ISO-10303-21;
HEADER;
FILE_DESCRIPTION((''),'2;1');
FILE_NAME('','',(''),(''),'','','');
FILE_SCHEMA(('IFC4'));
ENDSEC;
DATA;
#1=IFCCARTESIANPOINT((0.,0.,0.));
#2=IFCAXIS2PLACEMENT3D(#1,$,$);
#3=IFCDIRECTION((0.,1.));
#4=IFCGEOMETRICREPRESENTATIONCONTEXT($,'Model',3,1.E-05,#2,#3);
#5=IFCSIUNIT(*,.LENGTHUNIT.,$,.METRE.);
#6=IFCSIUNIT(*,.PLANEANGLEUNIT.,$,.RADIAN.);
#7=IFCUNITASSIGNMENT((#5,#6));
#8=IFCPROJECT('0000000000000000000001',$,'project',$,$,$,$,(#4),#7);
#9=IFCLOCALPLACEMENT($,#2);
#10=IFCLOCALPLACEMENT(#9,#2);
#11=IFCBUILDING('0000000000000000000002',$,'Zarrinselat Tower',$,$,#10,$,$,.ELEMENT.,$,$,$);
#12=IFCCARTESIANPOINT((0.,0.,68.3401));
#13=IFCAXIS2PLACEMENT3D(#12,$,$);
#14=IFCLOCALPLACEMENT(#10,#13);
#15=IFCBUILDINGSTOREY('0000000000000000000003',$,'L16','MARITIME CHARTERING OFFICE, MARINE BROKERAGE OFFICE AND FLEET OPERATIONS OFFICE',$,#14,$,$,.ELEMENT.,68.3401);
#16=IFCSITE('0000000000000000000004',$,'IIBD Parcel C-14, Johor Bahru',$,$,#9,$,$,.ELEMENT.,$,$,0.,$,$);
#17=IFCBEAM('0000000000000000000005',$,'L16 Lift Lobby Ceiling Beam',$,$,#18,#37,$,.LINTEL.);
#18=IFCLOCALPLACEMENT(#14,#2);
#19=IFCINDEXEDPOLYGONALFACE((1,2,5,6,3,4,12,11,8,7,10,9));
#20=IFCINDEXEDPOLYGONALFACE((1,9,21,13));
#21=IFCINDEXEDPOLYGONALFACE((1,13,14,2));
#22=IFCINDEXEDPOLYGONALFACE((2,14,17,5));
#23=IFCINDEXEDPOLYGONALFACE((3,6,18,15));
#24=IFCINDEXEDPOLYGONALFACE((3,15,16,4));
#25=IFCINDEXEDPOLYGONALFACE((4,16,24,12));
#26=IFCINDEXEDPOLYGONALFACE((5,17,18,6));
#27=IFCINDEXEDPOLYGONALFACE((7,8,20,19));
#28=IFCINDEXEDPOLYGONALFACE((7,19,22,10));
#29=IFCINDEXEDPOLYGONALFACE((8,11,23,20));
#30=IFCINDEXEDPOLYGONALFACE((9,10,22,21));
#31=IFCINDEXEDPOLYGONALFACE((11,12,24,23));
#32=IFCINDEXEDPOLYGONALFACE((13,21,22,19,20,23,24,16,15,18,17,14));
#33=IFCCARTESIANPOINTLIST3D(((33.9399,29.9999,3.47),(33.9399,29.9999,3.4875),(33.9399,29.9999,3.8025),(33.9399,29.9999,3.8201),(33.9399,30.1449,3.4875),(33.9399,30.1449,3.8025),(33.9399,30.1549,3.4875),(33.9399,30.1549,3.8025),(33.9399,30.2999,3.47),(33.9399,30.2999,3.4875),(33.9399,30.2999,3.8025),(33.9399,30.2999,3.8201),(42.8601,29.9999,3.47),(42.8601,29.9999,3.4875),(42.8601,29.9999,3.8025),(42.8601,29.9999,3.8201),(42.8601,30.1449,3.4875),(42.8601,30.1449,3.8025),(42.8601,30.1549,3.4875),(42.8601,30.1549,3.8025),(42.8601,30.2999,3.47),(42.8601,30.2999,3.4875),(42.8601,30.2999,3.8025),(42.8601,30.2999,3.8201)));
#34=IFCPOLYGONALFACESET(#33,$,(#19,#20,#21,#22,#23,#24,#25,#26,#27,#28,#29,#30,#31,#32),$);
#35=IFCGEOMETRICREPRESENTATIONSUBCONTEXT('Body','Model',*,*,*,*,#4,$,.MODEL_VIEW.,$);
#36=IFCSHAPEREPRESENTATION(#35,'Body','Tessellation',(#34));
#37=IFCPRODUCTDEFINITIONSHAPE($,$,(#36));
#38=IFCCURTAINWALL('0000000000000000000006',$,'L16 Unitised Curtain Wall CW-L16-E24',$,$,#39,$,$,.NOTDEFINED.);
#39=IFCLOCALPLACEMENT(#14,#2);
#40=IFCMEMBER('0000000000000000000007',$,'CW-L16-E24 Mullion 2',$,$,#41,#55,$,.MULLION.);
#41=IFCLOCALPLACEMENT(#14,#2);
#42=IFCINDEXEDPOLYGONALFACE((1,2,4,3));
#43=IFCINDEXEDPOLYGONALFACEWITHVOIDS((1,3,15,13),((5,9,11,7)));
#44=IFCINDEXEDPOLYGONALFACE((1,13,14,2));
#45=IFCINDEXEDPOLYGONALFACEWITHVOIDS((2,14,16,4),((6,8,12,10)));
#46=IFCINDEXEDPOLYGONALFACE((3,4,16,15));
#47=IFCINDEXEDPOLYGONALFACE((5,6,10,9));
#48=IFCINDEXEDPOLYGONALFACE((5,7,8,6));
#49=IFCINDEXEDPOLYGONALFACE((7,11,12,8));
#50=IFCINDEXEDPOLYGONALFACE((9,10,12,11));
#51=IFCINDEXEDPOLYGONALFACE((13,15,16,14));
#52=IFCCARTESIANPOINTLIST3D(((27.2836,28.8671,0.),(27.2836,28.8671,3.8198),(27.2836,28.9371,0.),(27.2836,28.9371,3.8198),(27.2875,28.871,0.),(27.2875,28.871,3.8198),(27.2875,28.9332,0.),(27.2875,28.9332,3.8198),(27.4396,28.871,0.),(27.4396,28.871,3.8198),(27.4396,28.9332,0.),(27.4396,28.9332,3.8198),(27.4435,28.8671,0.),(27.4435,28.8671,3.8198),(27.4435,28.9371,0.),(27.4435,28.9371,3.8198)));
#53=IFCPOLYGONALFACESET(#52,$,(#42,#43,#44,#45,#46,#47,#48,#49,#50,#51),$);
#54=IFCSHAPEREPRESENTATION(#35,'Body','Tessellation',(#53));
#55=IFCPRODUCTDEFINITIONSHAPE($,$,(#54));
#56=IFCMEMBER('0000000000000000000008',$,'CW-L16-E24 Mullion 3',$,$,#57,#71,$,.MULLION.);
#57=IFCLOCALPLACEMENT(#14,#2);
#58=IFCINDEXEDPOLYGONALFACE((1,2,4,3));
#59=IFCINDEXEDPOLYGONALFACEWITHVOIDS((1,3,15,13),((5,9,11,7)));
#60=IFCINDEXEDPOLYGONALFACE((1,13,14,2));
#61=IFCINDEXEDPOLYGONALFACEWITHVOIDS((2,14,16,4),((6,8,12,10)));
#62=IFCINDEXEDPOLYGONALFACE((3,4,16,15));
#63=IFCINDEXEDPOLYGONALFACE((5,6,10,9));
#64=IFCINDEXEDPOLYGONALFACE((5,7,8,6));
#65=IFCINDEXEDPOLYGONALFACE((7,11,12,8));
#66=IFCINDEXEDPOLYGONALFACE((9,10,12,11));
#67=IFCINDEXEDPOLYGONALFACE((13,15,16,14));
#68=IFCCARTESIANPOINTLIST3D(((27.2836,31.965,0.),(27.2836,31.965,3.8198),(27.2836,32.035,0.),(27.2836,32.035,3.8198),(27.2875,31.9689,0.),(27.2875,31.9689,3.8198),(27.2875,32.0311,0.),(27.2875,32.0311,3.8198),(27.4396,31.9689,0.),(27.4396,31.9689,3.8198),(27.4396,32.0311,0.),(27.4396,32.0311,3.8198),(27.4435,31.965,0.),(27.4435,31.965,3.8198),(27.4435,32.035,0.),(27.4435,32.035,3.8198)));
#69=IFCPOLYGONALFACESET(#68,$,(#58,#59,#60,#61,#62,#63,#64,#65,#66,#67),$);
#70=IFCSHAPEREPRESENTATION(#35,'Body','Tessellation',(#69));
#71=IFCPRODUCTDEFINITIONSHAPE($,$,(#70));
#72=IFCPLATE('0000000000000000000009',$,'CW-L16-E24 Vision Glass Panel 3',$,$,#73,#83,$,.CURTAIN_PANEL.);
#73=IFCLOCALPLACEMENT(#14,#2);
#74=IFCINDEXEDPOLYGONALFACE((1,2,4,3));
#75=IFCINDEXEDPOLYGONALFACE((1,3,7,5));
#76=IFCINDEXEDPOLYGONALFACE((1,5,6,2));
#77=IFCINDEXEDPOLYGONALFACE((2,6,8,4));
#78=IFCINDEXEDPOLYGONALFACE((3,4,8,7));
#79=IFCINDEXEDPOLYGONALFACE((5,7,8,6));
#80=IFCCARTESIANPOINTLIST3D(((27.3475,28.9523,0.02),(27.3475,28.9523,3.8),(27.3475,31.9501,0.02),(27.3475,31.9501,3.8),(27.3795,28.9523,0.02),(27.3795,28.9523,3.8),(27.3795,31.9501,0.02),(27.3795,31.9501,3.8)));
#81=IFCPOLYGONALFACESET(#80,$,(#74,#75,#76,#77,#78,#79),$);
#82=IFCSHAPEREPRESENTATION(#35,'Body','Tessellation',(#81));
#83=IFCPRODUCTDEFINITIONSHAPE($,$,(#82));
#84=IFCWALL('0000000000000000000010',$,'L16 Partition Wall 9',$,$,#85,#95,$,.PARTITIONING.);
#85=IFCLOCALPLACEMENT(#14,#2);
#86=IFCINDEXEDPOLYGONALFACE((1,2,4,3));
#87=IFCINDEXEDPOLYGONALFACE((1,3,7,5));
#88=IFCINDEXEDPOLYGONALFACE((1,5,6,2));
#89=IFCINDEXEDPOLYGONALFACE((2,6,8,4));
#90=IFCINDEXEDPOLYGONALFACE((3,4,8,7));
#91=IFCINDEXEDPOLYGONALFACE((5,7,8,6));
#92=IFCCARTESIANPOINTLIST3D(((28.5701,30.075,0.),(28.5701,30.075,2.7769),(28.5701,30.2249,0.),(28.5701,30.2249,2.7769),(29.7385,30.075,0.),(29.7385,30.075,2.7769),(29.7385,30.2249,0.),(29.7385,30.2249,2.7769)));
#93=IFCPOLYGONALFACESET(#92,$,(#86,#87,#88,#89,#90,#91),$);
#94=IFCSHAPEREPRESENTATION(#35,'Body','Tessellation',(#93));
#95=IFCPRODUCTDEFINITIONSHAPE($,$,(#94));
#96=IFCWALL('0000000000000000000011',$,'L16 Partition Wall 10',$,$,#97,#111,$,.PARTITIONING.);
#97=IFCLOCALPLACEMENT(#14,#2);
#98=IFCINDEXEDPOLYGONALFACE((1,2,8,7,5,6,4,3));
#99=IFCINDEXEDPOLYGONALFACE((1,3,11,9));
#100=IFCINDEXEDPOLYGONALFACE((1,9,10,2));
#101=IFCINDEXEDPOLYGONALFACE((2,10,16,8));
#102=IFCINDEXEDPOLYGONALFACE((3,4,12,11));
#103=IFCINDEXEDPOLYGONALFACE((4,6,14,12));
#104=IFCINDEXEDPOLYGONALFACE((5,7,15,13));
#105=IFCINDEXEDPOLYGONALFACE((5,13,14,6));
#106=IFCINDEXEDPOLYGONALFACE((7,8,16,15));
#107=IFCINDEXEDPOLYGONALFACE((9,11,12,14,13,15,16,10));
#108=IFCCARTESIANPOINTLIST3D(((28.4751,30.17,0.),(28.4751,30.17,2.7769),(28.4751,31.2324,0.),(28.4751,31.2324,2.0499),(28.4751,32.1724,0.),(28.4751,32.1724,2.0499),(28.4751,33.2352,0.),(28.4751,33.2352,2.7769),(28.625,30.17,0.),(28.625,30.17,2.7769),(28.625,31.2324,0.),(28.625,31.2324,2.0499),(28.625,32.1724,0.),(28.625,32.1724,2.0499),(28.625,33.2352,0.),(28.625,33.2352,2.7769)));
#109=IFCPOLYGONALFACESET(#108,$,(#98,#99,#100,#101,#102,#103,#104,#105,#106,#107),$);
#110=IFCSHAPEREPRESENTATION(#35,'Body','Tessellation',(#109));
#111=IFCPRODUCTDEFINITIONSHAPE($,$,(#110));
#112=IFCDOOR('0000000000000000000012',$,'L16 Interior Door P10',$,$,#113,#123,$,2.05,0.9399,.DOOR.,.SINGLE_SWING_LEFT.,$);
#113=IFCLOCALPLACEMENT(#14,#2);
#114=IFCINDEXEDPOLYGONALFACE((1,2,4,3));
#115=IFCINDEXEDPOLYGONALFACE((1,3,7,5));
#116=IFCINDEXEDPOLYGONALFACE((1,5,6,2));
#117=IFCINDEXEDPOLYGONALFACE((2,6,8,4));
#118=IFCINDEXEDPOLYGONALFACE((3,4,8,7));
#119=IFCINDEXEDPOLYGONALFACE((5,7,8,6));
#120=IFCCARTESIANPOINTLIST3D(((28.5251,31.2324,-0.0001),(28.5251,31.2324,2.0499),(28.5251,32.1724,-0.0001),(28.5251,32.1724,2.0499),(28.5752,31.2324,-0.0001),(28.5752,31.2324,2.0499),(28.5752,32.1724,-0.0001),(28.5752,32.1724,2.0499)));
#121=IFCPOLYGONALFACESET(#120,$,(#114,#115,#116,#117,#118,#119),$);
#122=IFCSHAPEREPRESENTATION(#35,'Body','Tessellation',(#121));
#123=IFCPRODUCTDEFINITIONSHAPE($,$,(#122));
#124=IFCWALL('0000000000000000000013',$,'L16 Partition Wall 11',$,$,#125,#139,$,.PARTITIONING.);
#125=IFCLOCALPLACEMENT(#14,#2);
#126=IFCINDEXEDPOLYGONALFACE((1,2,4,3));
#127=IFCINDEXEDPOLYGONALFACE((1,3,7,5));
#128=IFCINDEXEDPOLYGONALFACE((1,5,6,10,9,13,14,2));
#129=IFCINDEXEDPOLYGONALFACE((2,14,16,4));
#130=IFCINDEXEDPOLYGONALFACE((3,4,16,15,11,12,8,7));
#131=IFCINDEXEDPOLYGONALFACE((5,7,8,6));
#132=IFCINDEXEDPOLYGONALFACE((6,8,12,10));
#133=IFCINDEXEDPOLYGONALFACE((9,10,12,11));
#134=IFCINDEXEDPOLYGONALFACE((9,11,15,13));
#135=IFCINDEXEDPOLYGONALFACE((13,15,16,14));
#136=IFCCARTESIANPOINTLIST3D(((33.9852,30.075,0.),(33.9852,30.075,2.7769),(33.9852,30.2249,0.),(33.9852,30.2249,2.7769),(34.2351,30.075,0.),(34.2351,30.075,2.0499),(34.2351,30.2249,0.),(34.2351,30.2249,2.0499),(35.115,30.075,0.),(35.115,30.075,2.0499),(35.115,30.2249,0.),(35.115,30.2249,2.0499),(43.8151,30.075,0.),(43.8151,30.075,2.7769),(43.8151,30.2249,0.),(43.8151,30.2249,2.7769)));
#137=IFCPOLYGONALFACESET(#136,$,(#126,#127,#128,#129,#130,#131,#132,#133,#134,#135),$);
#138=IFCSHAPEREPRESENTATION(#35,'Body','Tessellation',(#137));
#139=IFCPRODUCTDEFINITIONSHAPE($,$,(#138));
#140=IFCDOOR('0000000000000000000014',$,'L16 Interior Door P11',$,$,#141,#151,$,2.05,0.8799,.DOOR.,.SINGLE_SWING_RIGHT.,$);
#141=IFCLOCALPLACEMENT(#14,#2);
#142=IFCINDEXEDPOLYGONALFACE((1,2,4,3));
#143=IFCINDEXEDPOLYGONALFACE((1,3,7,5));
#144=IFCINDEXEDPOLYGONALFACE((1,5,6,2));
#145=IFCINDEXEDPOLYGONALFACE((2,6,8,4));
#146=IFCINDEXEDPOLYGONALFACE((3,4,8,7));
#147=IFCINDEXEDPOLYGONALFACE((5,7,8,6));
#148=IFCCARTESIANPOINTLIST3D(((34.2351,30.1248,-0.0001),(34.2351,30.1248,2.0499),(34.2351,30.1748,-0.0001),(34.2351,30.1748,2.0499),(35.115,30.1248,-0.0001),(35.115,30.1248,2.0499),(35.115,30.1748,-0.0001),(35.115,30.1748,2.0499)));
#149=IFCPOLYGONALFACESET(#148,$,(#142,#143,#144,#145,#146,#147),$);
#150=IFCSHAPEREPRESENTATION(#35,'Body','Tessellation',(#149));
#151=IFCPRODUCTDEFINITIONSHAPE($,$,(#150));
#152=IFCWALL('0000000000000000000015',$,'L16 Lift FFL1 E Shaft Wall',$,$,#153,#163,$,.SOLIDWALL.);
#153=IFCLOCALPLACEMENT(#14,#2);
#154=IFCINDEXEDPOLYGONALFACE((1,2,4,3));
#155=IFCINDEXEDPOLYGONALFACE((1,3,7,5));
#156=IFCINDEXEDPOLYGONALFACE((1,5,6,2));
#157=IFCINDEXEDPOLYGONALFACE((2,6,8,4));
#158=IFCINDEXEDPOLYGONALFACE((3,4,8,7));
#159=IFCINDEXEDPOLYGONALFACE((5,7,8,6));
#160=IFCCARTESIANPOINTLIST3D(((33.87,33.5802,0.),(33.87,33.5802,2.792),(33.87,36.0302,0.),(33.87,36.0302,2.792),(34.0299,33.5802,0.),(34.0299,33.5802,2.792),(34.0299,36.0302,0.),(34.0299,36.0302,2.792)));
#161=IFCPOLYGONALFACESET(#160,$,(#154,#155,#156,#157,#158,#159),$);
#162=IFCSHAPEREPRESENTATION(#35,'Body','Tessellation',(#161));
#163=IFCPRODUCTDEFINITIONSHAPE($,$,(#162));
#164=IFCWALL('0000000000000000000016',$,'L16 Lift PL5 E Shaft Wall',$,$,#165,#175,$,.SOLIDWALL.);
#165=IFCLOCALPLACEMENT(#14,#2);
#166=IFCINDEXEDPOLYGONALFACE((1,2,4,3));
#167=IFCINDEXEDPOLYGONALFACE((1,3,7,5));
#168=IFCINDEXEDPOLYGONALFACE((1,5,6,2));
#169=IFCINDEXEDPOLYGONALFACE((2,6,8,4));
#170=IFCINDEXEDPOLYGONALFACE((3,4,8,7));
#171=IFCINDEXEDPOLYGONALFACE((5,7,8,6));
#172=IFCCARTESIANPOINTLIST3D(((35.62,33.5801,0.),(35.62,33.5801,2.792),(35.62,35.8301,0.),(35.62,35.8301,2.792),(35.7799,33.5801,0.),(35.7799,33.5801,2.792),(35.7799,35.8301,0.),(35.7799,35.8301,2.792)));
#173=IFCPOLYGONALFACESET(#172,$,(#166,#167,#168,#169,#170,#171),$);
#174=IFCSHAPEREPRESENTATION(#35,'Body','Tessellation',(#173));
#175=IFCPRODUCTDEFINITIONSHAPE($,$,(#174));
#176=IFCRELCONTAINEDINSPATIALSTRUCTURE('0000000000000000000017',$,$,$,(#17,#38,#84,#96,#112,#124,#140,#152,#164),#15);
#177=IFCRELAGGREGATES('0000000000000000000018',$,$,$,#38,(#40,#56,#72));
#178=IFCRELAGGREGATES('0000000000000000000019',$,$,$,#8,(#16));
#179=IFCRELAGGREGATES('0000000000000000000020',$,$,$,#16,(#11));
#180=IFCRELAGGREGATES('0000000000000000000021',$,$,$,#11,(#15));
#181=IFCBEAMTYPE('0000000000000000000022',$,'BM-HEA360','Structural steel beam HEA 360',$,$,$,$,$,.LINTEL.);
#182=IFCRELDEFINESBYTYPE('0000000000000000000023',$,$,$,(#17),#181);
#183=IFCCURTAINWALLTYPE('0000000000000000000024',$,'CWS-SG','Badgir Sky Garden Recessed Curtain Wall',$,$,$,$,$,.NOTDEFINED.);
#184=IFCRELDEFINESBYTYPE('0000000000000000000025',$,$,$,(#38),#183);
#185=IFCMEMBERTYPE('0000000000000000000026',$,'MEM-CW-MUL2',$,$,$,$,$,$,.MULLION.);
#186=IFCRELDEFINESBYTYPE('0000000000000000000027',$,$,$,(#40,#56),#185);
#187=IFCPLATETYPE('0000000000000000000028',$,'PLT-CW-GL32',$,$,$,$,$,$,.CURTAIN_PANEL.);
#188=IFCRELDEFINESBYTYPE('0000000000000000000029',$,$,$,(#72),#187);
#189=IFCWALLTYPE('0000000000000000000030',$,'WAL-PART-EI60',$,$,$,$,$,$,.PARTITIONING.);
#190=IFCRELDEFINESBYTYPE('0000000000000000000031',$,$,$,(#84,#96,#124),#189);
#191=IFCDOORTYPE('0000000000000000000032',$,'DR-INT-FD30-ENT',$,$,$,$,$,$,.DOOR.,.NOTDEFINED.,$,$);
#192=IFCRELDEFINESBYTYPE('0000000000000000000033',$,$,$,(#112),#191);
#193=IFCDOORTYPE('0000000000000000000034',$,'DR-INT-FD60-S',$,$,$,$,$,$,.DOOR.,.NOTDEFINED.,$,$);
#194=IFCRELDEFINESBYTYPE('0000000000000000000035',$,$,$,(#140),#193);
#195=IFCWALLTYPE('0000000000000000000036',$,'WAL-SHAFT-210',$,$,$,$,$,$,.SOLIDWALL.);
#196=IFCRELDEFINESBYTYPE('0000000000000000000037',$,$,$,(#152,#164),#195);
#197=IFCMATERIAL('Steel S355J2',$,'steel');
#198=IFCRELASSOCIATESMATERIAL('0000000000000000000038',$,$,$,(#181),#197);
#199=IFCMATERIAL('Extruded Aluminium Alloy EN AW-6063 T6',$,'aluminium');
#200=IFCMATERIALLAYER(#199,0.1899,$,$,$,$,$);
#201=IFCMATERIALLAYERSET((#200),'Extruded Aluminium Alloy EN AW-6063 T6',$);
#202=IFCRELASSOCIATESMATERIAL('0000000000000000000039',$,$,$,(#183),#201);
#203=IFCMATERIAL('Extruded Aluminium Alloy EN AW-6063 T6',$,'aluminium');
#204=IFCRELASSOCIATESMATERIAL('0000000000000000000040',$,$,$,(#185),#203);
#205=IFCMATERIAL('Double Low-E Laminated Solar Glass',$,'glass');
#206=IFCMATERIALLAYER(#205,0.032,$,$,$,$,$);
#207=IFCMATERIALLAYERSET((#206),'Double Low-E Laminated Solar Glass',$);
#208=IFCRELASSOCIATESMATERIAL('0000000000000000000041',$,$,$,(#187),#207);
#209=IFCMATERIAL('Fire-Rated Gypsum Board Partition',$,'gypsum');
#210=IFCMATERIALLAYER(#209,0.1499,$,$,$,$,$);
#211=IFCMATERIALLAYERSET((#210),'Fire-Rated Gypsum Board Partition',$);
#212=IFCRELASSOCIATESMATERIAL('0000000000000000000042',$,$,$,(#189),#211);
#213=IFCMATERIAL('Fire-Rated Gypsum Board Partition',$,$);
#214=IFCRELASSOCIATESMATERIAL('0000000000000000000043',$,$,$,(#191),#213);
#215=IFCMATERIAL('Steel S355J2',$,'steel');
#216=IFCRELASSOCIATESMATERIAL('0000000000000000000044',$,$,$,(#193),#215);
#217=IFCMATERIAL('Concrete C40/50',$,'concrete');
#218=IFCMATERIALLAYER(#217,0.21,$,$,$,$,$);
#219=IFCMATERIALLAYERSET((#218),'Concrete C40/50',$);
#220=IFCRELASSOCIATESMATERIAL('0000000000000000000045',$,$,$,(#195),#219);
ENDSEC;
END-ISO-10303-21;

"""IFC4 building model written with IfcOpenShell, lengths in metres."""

from ifc_helpers import new_model, si_unit, direction, frame, frame_2d, origin, origin_2d, place, context, subcontext, project, spatial, rectangle, hollow_rectangle, i_section, extrude, material, layer, layer_set, material_profile, profile_set, type_object, element, fill, aggregate, save


model = new_model("IFC4")

# Units and contexts
model_context = context("Model", 3, precision=1e-05, world=origin(), true_north=direction((0.0, 1.0)))
body_context = subcontext(model_context, "Body", "Model", "MODEL_VIEW")
ifc_project = project(units=[si_unit("LENGTHUNIT", "METRE"), si_unit("PLANEANGLEUNIT", "RADIAN")], contexts=[model_context])

# Site, building, storey
site_placement = place(None, origin())
site = spatial("IfcSite", under=ifc_project, at=site_placement, Name="IIBD Parcel C-14, Johor Bahru", CompositionType="ELEMENT", RefElevation=0.0)
building_placement = place(site_placement, origin())
building = spatial("IfcBuilding", under=site, at=building_placement, Name="Zarrinselat Tower", CompositionType="ELEMENT")
storey_placement = place(building_placement, frame((0.0, 0.0, 68.3401)))
storey = spatial("IfcBuildingStorey", under=building, at=storey_placement, Name="L16", Description="MARITIME CHARTERING OFFICE, MARINE BROKERAGE OFFICE AND FLEET OPERATIONS OFFICE", CompositionType="ELEMENT", Elevation=68.3401)

# Beam
ifc_material_1 = material(Name="Steel S355J2", Category="steel")
ifc_material_profile_1 = material_profile(ifc_material_1, i_section(OverallWidth=0.3, OverallDepth=0.3501, WebThickness=0.01, FlangeThickness=0.0176, at=origin_2d()), Name="HEA 360")
ifc_profile_set_1 = profile_set([ifc_material_profile_1], Name="Steel S355J2")
beam_type = type_object("IfcBeamType", Name="BM-HEA360", Description="Structural steel beam HEA 360", PredefinedType="LINTEL", material=ifc_profile_set_1)
beam_placement = place(storey_placement, frame((33.9399, 30.1499, 3.645), z_axis=(1.0, 0.0, 0.0), x_axis=(0.0, 1.0, 0.0)))
element("IfcBeam", 1, at=beam_placement, inside=storey, type_object=beam_type, Name="L16 Lift Lobby Ceiling Beam", PredefinedType="LINTEL", context=body_context, shape_type="SweptSolid", body=[
    extrude(i_section(OverallWidth=0.3, OverallDepth=0.3501, WebThickness=0.01, FlangeThickness=0.0176, at=origin_2d()), origin(), (0.0, 0.0, 1.0), 8.9202),
])

# Curtain wall, members, plate
ifc_material_2 = material(Name="Extruded Aluminium Alloy EN AW-6063 T6", Category="aluminium")
ifc_layer_1 = layer(ifc_material_2, 0.1899)
ifc_layer_set_1 = layer_set([ifc_layer_1], Name="Extruded Aluminium Alloy EN AW-6063 T6")
curtain_wall_type = type_object("IfcCurtainWallType", Name="CWS-SG", Description="Badgir Sky Garden Recessed Curtain Wall", PredefinedType="NOTDEFINED", material=ifc_layer_set_1)
curtain_wall_placement = place(storey_placement, origin())
curtain_wall = element("IfcCurtainWall", 2, at=curtain_wall_placement, inside=storey, type_object=curtain_wall_type, Name="L16 Unitised Curtain Wall CW-L16-E24", PredefinedType="NOTDEFINED")
ifc_material_3 = material(Name="Extruded Aluminium Alloy EN AW-6063 T6", Category="aluminium")
ifc_material_profile_2 = material_profile(ifc_material_3, hollow_rectangle(XDim=0.0701, YDim=0.1599, WallThickness=0.0039, at=origin_2d()), Name="RHS 160x70x4")
ifc_profile_set_2 = profile_set([ifc_material_profile_2], Name="Extruded Aluminium Alloy EN AW-6063 T6")
member_type = type_object("IfcMemberType", Name="MEM-CW-MUL2", PredefinedType="MULLION", material=ifc_profile_set_2)
member_1_placement = place(storey_placement, frame((27.3635, 28.9021, 0.0), z_axis=(0.0, 0.0, 1.0), x_axis=(0.0, 1.0, 0.0)))
member_1 = element("IfcMember", 3, at=member_1_placement, type_object=member_type, Name="CW-L16-E24 Mullion 2", PredefinedType="MULLION", context=body_context, shape_type="SweptSolid", body=[
    extrude(hollow_rectangle(XDim=0.0701, YDim=0.1599, WallThickness=0.0039, at=origin_2d()), origin(), (0.0, 0.0, 1.0), 3.8198),
])
member_2_placement = place(storey_placement, frame((27.3635, 32.0, 0.0), z_axis=(0.0, 0.0, 1.0), x_axis=(0.0, 1.0, 0.0)))
member_2 = element("IfcMember", 4, at=member_2_placement, type_object=member_type, Name="CW-L16-E24 Mullion 3", PredefinedType="MULLION", context=body_context, shape_type="SweptSolid", body=[
    extrude(hollow_rectangle(XDim=0.0701, YDim=0.1599, WallThickness=0.0039, at=origin_2d()), origin(), (0.0, 0.0, 1.0), 3.8198),
])
ifc_material_4 = material(Name="Double Low-E Laminated Solar Glass", Category="glass")
ifc_layer_2 = layer(ifc_material_4, 0.032)
ifc_layer_set_2 = layer_set([ifc_layer_2], Name="Double Low-E Laminated Solar Glass")
plate_type = type_object("IfcPlateType", Name="PLT-CW-GL32", PredefinedType="CURTAIN_PANEL", material=ifc_layer_set_2)
plate_placement = place(storey_placement, frame((27.3635, 30.4512, 0.02), z_axis=(0.0, 0.0, 1.0), x_axis=(0.0, 1.0, 0.0)))
plate = element("IfcPlate", 5, at=plate_placement, type_object=plate_type, Name="CW-L16-E24 Vision Glass Panel 3", PredefinedType="CURTAIN_PANEL", context=body_context, shape_type="SweptSolid", body=[
    extrude(rectangle(XDim=2.9978, YDim=0.032, at=origin_2d()), origin(), (0.0, 0.0, 1.0), 3.78),
])
aggregate(curtain_wall, [member_1, member_2, plate])

# Wall
ifc_material_5 = material(Name="Fire-Rated Gypsum Board Partition", Category="gypsum")
ifc_layer_3 = layer(ifc_material_5, 0.1499)
ifc_layer_set_3 = layer_set([ifc_layer_3], Name="Fire-Rated Gypsum Board Partition")
wall_type_1 = type_object("IfcWallType", Name="WAL-PART-EI60", PredefinedType="PARTITIONING", material=ifc_layer_set_3)
wall_1_placement = place(storey_placement, frame((28.5701, 30.1499, 0.0), z_axis=(0.0, 0.0, 1.0), x_axis=(1.0, 0.0, 0.0)))
element("IfcWall", 6, at=wall_1_placement, inside=storey, type_object=wall_type_1, Name="L16 Partition Wall 9", PredefinedType="PARTITIONING", context=body_context, shape_type="SweptSolid", body=[
    extrude(rectangle(XDim=1.1685, YDim=0.1499, at=frame_2d((0.5842, 0.0))), origin(), (0.0, 0.0, 1.0), 2.7769),
])

# Walls, openings, doors
wall_2_placement = place(storey_placement, frame((28.55, 30.1699, 0.0), z_axis=(0.0, 0.0, 1.0), x_axis=(0.0, 1.0, 0.0)))
wall_2 = element("IfcWall", 7, at=wall_2_placement, inside=storey, type_object=wall_type_1, Name="L16 Partition Wall 10", PredefinedType="PARTITIONING", context=body_context, shape_type="SweptSolid", body=[
    extrude(rectangle(XDim=3.0652, YDim=0.1499, at=frame_2d((1.5327, 0.0))), origin(), (0.0, 0.0, 1.0), 2.7769),
])
opening_1_placement = place(wall_2_placement, frame((1.0625, 0.0, 0.0)))
opening_1 = element("IfcOpeningElement", 8, at=opening_1_placement, cuts=wall_2, PredefinedType="OPENING", context=body_context, shape_type="SweptSolid", body=[
    extrude(rectangle(XDim=0.9399, YDim=2.05, at=frame_2d((0.47, 1.0249))), frame((0.0, 0.085, 0.0), z_axis=(0.0, -1.0, 0.0), x_axis=(1.0, 0.0, 0.0)), (0.0, 0.0, 1.0), 0.1699),
])
ifc_material_6 = material(Name="Fire-Rated Gypsum Board Partition")
door_type_1 = type_object("IfcDoorType", Name="DR-INT-FD30-ENT", OperationType="NOTDEFINED", PredefinedType="DOOR", material=ifc_material_6)
door_1_placement = place(opening_1_placement, origin())
door_1 = element("IfcDoor", 9, at=door_1_placement, inside=storey, type_object=door_type_1, Name="L16 Interior Door P10", OperationType="SINGLE_SWING_LEFT", OverallHeight=2.05, OverallWidth=0.9399, PredefinedType="DOOR", context=body_context, shape_type="SweptSolid", body=[
    extrude(rectangle(XDim=0.9399, YDim=2.05, at=frame_2d((0.47, 1.0249))), frame((0.0, 0.0249, 0.0), z_axis=(0.0, -1.0, 0.0), x_axis=(1.0, 0.0, 0.0)), (0.0, 0.0, 1.0), 0.05),
])
fill(opening_1, door_1)
wall_3_placement = place(storey_placement, frame((33.9851, 30.1499, 0.0), z_axis=(0.0, 0.0, 1.0), x_axis=(1.0, 0.0, 0.0)))
wall_3 = element("IfcWall", 10, at=wall_3_placement, inside=storey, type_object=wall_type_1, Name="L16 Partition Wall 11", PredefinedType="PARTITIONING", context=body_context, shape_type="SweptSolid", body=[
    extrude(rectangle(XDim=9.8298, YDim=0.1499, at=frame_2d((4.915, 0.0))), origin(), (0.0, 0.0, 1.0), 2.7769),
])
opening_2_placement = place(wall_3_placement, frame((0.25, 0.0, 0.0)))
opening_2 = element("IfcOpeningElement", 11, at=opening_2_placement, cuts=wall_3, PredefinedType="OPENING", context=body_context, shape_type="SweptSolid", body=[
    extrude(rectangle(XDim=0.8799, YDim=2.05, at=frame_2d((0.4399, 1.0249))), frame((0.0, 0.085, 0.0), z_axis=(0.0, -1.0, 0.0), x_axis=(1.0, 0.0, 0.0)), (0.0, 0.0, 1.0), 0.1699),
])
ifc_material_7 = material(Name="Steel S355J2", Category="steel")
door_type_2 = type_object("IfcDoorType", Name="DR-INT-FD60-S", OperationType="NOTDEFINED", PredefinedType="DOOR", material=ifc_material_7)
door_2_placement = place(opening_2_placement, origin())
door_2 = element("IfcDoor", 12, at=door_2_placement, inside=storey, type_object=door_type_2, Name="L16 Interior Door P11", OperationType="SINGLE_SWING_RIGHT", OverallHeight=2.05, OverallWidth=0.8799, PredefinedType="DOOR", context=body_context, shape_type="SweptSolid", body=[
    extrude(rectangle(XDim=0.8799, YDim=2.05, at=frame_2d((0.4399, 1.0249))), frame((0.0, 0.0249, 0.0), z_axis=(0.0, -1.0, 0.0), x_axis=(1.0, 0.0, 0.0)), (0.0, 0.0, 1.0), 0.05),
])
fill(opening_2, door_2)

# Walls
ifc_material_8 = material(Name="Concrete C40/50", Category="concrete")
ifc_layer_4 = layer(ifc_material_8, 0.21)
ifc_layer_set_4 = layer_set([ifc_layer_4], Name="Concrete C40/50")
wall_type_2 = type_object("IfcWallType", Name="WAL-SHAFT-210", PredefinedType="SOLIDWALL", material=ifc_layer_set_4)
wall_4_placement = place(storey_placement, frame((33.95, 33.5801, 0.0), z_axis=(0.0, 0.0, 1.0), x_axis=(0.0, 1.0, 0.0)))
element("IfcWall", 13, at=wall_4_placement, inside=storey, type_object=wall_type_2, Name="L16 Lift FFL1 E Shaft Wall", PredefinedType="SOLIDWALL", context=body_context, shape_type="SweptSolid", body=[
    extrude(rectangle(XDim=2.45, YDim=0.1599, at=frame_2d((1.2251, 0.0))), origin(), (0.0, 0.0, 1.0), 2.792),
])
wall_5_placement = place(storey_placement, frame((35.7, 33.5801, 0.0), z_axis=(0.0, 0.0, 1.0), x_axis=(0.0, 1.0, 0.0)))
element("IfcWall", 14, at=wall_5_placement, inside=storey, type_object=wall_type_2, Name="L16 Lift PL5 E Shaft Wall", PredefinedType="SOLIDWALL", context=body_context, shape_type="SweptSolid", body=[
    extrude(rectangle(XDim=2.25, YDim=0.1599, at=frame_2d((1.125, 0.0))), origin(), (0.0, 0.0, 1.0), 2.792),
])

save(model, "model.ifc")
